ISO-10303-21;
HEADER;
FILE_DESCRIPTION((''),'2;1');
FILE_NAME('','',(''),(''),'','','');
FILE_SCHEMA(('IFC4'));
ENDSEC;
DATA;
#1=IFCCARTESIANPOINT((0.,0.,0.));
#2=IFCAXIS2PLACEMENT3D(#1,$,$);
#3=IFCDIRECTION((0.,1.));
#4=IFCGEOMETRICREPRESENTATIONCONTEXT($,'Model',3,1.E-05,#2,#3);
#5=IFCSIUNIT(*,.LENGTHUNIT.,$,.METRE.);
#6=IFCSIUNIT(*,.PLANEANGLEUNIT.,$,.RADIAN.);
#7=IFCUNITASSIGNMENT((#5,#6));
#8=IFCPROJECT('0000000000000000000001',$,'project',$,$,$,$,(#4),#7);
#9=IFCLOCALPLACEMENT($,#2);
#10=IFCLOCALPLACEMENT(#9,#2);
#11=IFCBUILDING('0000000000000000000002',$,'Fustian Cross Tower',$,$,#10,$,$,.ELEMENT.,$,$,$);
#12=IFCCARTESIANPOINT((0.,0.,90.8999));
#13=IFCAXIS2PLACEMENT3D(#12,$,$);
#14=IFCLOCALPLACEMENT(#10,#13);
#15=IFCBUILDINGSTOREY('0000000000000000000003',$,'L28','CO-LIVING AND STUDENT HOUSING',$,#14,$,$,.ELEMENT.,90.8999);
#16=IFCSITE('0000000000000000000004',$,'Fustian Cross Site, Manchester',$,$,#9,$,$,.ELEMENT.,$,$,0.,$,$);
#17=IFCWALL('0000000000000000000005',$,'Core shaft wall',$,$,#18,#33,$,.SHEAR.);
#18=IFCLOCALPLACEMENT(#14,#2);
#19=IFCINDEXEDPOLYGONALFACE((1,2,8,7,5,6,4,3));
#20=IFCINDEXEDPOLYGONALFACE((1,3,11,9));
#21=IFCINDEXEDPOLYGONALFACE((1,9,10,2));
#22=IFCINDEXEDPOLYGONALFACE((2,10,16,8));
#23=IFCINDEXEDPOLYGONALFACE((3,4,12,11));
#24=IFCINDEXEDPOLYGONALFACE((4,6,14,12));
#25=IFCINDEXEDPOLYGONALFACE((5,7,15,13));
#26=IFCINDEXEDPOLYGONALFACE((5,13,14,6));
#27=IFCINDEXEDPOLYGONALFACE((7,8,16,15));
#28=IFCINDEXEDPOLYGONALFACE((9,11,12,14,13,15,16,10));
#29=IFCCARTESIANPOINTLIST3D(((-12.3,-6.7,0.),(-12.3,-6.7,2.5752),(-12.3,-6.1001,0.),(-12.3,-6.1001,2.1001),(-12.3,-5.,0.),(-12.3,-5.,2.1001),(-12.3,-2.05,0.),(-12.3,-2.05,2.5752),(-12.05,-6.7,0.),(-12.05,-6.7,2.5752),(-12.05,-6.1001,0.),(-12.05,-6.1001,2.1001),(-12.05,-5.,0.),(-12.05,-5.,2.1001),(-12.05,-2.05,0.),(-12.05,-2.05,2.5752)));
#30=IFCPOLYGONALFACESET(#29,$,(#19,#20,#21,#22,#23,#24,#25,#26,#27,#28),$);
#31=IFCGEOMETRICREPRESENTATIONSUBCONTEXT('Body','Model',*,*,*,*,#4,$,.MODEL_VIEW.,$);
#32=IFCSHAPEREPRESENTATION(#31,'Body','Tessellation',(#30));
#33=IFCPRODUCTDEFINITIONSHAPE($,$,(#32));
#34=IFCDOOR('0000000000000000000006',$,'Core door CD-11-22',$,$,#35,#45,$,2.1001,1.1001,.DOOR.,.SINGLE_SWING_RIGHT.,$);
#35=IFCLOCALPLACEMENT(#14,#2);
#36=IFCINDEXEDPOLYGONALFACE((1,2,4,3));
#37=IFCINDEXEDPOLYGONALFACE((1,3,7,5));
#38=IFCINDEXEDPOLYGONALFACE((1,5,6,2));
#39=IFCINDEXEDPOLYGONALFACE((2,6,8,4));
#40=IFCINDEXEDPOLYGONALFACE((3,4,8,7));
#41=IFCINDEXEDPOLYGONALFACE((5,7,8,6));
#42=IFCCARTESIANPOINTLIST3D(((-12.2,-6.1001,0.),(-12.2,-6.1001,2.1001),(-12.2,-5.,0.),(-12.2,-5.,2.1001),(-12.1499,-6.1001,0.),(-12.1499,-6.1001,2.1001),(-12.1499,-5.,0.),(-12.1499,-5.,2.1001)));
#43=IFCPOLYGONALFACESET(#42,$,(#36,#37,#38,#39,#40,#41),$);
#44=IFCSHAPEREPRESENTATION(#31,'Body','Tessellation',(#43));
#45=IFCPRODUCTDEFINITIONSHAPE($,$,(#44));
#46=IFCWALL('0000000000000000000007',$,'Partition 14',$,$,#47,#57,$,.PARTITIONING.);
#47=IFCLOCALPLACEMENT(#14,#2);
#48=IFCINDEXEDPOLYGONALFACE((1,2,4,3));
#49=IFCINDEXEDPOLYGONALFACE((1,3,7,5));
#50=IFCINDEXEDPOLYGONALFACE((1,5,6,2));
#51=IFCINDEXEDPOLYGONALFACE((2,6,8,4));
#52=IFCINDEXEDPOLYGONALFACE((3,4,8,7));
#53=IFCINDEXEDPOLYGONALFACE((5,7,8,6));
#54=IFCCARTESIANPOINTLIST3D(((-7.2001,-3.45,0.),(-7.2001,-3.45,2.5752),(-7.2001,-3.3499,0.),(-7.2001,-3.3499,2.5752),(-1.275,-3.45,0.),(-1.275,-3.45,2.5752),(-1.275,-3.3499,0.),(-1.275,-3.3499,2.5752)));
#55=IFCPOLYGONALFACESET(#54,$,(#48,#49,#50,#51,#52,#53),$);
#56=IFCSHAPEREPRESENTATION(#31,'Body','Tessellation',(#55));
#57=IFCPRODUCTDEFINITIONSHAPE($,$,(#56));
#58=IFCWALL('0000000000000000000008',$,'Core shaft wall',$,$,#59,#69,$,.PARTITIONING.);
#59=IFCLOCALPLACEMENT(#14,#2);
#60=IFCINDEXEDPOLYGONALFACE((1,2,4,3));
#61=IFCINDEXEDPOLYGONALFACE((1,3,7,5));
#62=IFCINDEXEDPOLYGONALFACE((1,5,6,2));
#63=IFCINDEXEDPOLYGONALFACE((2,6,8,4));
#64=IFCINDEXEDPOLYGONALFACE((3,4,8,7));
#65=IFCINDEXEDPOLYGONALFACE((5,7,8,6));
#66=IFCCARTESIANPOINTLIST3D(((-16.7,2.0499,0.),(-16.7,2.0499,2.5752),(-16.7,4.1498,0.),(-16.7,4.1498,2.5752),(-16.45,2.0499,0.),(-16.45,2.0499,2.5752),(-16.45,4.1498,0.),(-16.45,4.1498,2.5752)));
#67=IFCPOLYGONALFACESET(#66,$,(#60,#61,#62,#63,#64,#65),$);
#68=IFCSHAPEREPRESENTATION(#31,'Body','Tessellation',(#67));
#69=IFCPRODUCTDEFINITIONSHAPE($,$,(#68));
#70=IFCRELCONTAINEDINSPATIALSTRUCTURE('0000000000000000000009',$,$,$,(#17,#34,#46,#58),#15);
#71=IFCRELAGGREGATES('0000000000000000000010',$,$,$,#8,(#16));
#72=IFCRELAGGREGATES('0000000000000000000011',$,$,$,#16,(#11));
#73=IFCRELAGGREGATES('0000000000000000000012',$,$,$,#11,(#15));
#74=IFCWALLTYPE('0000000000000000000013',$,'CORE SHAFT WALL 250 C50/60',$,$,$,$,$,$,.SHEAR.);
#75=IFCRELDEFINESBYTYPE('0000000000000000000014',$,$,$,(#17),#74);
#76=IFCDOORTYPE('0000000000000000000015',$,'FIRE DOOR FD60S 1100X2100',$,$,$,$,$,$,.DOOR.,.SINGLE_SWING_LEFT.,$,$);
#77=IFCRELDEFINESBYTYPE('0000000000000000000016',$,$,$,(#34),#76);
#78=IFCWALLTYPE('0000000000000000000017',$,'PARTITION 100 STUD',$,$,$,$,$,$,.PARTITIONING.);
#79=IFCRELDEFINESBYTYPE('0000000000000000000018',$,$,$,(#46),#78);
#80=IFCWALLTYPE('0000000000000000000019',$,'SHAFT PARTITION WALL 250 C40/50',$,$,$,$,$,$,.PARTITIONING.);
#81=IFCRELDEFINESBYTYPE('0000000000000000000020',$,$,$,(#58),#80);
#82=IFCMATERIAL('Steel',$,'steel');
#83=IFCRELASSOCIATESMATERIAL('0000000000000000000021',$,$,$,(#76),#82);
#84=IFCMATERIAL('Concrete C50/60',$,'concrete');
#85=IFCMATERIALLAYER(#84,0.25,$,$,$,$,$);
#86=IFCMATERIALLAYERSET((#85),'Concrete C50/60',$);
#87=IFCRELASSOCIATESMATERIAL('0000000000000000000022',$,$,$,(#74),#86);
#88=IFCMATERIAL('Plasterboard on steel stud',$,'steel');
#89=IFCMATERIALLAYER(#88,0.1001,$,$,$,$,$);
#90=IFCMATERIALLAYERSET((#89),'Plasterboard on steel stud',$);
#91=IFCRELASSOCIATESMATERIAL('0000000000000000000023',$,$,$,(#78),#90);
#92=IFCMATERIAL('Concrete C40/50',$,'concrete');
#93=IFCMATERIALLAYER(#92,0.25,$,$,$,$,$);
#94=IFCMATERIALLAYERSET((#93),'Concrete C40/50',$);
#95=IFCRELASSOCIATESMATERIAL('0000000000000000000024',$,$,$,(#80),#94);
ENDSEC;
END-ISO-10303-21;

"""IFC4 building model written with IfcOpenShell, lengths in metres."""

from ifc_helpers import new_model, si_unit, direction, frame, frame_2d, origin, place, context, subcontext, project, spatial, rectangle, extrude, material, layer, layer_set, type_object, element, fill, save


model = new_model("IFC4")

# Units and contexts
model_context = context("Model", 3, precision=1e-05, world=origin(), true_north=direction((0.0, 1.0)))
body_context = subcontext(model_context, "Body", "Model", "MODEL_VIEW")
ifc_project = project(units=[si_unit("LENGTHUNIT", "METRE"), si_unit("PLANEANGLEUNIT", "RADIAN")], contexts=[model_context])

# Site, building, storey
site_placement = place(None, origin())
site = spatial("IfcSite", under=ifc_project, at=site_placement, Name="Fustian Cross Site, Manchester", CompositionType="ELEMENT", RefElevation=0.0)
building_placement = place(site_placement, origin())
building = spatial("IfcBuilding", under=site, at=building_placement, Name="Fustian Cross Tower", CompositionType="ELEMENT")
storey_placement = place(building_placement, frame((0.0, 0.0, 90.8999)))
storey = spatial("IfcBuildingStorey", under=building, at=storey_placement, Name="L28", Description="CO-LIVING AND STUDENT HOUSING", CompositionType="ELEMENT", Elevation=90.8999)

# Shared definitions
ifc_material_1 = material(Name="Steel", Category="steel")
door_type_1 = type_object("IfcDoorType", Name="FIRE DOOR FD60S 1100X2100", OperationType="SINGLE_SWING_LEFT", PredefinedType="DOOR", material=ifc_material_1)

# Wall, opening, door
ifc_material_2 = material(Name="Concrete C50/60", Category="concrete")
ifc_layer_1 = layer(ifc_material_2, 0.25)
ifc_layer_set_1 = layer_set([ifc_layer_1], Name="Concrete C50/60")
wall_type_1 = type_object("IfcWallType", Name="CORE SHAFT WALL 250 C50/60", PredefinedType="SHEAR", material=ifc_layer_set_1)
wall_1_placement = place(storey_placement, frame((-12.175, -2.05, 0.0), z_axis=(0.0, 0.0, 1.0), x_axis=(0.0, -1.0, 0.0)))
wall_1 = element("IfcWall", 1, at=wall_1_placement, inside=storey, type_object=wall_type_1, Name="Core shaft wall", PredefinedType="SHEAR", context=body_context, shape_type="SweptSolid", body=[
    extrude(rectangle(XDim=4.6499, YDim=0.25, at=frame_2d((2.325, 0.0))), origin(), (0.0, 0.0, 1.0), 2.5752),
])
opening_1_placement = place(wall_1_placement, frame((2.95, 0.0, 0.0)))
opening_1 = element("IfcOpeningElement", 2, at=opening_1_placement, cuts=wall_1, PredefinedType="OPENING", context=body_context, shape_type="SweptSolid", body=[
    extrude(rectangle(XDim=1.1001, YDim=2.1001, at=frame_2d((0.55, 1.05))), frame((0.0, 0.135, 0.0), z_axis=(0.0, -1.0, 0.0), x_axis=(1.0, 0.0, 0.0)), (0.0, 0.0, 1.0), 0.27),
])
door_1_placement = place(opening_1_placement, frame((1.1001, 0.0, 0.0), z_axis=(0.0, 0.0, 1.0), x_axis=(-1.0, 0.0, 0.0)))
door_1 = element("IfcDoor", 3, at=door_1_placement, inside=storey, type_object=door_type_1, Name="Core door CD-11-22", OperationType="SINGLE_SWING_RIGHT", OverallHeight=2.1001, OverallWidth=1.1001, PredefinedType="DOOR", context=body_context, shape_type="SweptSolid", body=[
    extrude(rectangle(XDim=1.1001, YDim=2.1001, at=frame_2d((0.55, 1.05))), frame((0.0, 0.0249, 0.0), z_axis=(0.0, -1.0, 0.0), x_axis=(1.0, 0.0, 0.0)), (0.0, 0.0, 1.0), 0.05),
])
fill(opening_1, door_1)

# Walls
ifc_material_3 = material(Name="Plasterboard on steel stud", Category="steel")
ifc_layer_2 = layer(ifc_material_3, 0.1001)
ifc_layer_set_2 = layer_set([ifc_layer_2], Name="Plasterboard on steel stud")
wall_type_2 = type_object("IfcWallType", Name="PARTITION 100 STUD", PredefinedType="PARTITIONING", material=ifc_layer_set_2)
wall_2_placement = place(storey_placement, frame((-7.2, -3.3999, 0.0), z_axis=(0.0, 0.0, 1.0), x_axis=(1.0, 0.0, 0.0)))
element("IfcWall", 4, at=wall_2_placement, inside=storey, type_object=wall_type_2, Name="Partition 14", PredefinedType="PARTITIONING", context=body_context, shape_type="SweptSolid", body=[
    extrude(rectangle(XDim=5.925, YDim=0.1001, at=frame_2d((2.9624, 0.0))), origin(), (0.0, 0.0, 1.0), 2.5752),
])
ifc_material_4 = material(Name="Concrete C40/50", Category="concrete")
ifc_layer_3 = layer(ifc_material_4, 0.25)
ifc_layer_set_3 = layer_set([ifc_layer_3], Name="Concrete C40/50")
wall_type_3 = type_object("IfcWallType", Name="SHAFT PARTITION WALL 250 C40/50", PredefinedType="PARTITIONING", material=ifc_layer_set_3)
wall_3_placement = place(storey_placement, frame((-16.575, 2.05, 0.0), z_axis=(0.0, 0.0, 1.0), x_axis=(0.0, 1.0, 0.0)))
element("IfcWall", 5, at=wall_3_placement, inside=storey, type_object=wall_type_3, Name="Core shaft wall", PredefinedType="PARTITIONING", context=body_context, shape_type="SweptSolid", body=[
    extrude(rectangle(XDim=2.0999, YDim=0.25, at=frame_2d((1.0498, 0.0))), origin(), (0.0, 0.0, 1.0), 2.5752),
])

save(model, "model.ifc")
